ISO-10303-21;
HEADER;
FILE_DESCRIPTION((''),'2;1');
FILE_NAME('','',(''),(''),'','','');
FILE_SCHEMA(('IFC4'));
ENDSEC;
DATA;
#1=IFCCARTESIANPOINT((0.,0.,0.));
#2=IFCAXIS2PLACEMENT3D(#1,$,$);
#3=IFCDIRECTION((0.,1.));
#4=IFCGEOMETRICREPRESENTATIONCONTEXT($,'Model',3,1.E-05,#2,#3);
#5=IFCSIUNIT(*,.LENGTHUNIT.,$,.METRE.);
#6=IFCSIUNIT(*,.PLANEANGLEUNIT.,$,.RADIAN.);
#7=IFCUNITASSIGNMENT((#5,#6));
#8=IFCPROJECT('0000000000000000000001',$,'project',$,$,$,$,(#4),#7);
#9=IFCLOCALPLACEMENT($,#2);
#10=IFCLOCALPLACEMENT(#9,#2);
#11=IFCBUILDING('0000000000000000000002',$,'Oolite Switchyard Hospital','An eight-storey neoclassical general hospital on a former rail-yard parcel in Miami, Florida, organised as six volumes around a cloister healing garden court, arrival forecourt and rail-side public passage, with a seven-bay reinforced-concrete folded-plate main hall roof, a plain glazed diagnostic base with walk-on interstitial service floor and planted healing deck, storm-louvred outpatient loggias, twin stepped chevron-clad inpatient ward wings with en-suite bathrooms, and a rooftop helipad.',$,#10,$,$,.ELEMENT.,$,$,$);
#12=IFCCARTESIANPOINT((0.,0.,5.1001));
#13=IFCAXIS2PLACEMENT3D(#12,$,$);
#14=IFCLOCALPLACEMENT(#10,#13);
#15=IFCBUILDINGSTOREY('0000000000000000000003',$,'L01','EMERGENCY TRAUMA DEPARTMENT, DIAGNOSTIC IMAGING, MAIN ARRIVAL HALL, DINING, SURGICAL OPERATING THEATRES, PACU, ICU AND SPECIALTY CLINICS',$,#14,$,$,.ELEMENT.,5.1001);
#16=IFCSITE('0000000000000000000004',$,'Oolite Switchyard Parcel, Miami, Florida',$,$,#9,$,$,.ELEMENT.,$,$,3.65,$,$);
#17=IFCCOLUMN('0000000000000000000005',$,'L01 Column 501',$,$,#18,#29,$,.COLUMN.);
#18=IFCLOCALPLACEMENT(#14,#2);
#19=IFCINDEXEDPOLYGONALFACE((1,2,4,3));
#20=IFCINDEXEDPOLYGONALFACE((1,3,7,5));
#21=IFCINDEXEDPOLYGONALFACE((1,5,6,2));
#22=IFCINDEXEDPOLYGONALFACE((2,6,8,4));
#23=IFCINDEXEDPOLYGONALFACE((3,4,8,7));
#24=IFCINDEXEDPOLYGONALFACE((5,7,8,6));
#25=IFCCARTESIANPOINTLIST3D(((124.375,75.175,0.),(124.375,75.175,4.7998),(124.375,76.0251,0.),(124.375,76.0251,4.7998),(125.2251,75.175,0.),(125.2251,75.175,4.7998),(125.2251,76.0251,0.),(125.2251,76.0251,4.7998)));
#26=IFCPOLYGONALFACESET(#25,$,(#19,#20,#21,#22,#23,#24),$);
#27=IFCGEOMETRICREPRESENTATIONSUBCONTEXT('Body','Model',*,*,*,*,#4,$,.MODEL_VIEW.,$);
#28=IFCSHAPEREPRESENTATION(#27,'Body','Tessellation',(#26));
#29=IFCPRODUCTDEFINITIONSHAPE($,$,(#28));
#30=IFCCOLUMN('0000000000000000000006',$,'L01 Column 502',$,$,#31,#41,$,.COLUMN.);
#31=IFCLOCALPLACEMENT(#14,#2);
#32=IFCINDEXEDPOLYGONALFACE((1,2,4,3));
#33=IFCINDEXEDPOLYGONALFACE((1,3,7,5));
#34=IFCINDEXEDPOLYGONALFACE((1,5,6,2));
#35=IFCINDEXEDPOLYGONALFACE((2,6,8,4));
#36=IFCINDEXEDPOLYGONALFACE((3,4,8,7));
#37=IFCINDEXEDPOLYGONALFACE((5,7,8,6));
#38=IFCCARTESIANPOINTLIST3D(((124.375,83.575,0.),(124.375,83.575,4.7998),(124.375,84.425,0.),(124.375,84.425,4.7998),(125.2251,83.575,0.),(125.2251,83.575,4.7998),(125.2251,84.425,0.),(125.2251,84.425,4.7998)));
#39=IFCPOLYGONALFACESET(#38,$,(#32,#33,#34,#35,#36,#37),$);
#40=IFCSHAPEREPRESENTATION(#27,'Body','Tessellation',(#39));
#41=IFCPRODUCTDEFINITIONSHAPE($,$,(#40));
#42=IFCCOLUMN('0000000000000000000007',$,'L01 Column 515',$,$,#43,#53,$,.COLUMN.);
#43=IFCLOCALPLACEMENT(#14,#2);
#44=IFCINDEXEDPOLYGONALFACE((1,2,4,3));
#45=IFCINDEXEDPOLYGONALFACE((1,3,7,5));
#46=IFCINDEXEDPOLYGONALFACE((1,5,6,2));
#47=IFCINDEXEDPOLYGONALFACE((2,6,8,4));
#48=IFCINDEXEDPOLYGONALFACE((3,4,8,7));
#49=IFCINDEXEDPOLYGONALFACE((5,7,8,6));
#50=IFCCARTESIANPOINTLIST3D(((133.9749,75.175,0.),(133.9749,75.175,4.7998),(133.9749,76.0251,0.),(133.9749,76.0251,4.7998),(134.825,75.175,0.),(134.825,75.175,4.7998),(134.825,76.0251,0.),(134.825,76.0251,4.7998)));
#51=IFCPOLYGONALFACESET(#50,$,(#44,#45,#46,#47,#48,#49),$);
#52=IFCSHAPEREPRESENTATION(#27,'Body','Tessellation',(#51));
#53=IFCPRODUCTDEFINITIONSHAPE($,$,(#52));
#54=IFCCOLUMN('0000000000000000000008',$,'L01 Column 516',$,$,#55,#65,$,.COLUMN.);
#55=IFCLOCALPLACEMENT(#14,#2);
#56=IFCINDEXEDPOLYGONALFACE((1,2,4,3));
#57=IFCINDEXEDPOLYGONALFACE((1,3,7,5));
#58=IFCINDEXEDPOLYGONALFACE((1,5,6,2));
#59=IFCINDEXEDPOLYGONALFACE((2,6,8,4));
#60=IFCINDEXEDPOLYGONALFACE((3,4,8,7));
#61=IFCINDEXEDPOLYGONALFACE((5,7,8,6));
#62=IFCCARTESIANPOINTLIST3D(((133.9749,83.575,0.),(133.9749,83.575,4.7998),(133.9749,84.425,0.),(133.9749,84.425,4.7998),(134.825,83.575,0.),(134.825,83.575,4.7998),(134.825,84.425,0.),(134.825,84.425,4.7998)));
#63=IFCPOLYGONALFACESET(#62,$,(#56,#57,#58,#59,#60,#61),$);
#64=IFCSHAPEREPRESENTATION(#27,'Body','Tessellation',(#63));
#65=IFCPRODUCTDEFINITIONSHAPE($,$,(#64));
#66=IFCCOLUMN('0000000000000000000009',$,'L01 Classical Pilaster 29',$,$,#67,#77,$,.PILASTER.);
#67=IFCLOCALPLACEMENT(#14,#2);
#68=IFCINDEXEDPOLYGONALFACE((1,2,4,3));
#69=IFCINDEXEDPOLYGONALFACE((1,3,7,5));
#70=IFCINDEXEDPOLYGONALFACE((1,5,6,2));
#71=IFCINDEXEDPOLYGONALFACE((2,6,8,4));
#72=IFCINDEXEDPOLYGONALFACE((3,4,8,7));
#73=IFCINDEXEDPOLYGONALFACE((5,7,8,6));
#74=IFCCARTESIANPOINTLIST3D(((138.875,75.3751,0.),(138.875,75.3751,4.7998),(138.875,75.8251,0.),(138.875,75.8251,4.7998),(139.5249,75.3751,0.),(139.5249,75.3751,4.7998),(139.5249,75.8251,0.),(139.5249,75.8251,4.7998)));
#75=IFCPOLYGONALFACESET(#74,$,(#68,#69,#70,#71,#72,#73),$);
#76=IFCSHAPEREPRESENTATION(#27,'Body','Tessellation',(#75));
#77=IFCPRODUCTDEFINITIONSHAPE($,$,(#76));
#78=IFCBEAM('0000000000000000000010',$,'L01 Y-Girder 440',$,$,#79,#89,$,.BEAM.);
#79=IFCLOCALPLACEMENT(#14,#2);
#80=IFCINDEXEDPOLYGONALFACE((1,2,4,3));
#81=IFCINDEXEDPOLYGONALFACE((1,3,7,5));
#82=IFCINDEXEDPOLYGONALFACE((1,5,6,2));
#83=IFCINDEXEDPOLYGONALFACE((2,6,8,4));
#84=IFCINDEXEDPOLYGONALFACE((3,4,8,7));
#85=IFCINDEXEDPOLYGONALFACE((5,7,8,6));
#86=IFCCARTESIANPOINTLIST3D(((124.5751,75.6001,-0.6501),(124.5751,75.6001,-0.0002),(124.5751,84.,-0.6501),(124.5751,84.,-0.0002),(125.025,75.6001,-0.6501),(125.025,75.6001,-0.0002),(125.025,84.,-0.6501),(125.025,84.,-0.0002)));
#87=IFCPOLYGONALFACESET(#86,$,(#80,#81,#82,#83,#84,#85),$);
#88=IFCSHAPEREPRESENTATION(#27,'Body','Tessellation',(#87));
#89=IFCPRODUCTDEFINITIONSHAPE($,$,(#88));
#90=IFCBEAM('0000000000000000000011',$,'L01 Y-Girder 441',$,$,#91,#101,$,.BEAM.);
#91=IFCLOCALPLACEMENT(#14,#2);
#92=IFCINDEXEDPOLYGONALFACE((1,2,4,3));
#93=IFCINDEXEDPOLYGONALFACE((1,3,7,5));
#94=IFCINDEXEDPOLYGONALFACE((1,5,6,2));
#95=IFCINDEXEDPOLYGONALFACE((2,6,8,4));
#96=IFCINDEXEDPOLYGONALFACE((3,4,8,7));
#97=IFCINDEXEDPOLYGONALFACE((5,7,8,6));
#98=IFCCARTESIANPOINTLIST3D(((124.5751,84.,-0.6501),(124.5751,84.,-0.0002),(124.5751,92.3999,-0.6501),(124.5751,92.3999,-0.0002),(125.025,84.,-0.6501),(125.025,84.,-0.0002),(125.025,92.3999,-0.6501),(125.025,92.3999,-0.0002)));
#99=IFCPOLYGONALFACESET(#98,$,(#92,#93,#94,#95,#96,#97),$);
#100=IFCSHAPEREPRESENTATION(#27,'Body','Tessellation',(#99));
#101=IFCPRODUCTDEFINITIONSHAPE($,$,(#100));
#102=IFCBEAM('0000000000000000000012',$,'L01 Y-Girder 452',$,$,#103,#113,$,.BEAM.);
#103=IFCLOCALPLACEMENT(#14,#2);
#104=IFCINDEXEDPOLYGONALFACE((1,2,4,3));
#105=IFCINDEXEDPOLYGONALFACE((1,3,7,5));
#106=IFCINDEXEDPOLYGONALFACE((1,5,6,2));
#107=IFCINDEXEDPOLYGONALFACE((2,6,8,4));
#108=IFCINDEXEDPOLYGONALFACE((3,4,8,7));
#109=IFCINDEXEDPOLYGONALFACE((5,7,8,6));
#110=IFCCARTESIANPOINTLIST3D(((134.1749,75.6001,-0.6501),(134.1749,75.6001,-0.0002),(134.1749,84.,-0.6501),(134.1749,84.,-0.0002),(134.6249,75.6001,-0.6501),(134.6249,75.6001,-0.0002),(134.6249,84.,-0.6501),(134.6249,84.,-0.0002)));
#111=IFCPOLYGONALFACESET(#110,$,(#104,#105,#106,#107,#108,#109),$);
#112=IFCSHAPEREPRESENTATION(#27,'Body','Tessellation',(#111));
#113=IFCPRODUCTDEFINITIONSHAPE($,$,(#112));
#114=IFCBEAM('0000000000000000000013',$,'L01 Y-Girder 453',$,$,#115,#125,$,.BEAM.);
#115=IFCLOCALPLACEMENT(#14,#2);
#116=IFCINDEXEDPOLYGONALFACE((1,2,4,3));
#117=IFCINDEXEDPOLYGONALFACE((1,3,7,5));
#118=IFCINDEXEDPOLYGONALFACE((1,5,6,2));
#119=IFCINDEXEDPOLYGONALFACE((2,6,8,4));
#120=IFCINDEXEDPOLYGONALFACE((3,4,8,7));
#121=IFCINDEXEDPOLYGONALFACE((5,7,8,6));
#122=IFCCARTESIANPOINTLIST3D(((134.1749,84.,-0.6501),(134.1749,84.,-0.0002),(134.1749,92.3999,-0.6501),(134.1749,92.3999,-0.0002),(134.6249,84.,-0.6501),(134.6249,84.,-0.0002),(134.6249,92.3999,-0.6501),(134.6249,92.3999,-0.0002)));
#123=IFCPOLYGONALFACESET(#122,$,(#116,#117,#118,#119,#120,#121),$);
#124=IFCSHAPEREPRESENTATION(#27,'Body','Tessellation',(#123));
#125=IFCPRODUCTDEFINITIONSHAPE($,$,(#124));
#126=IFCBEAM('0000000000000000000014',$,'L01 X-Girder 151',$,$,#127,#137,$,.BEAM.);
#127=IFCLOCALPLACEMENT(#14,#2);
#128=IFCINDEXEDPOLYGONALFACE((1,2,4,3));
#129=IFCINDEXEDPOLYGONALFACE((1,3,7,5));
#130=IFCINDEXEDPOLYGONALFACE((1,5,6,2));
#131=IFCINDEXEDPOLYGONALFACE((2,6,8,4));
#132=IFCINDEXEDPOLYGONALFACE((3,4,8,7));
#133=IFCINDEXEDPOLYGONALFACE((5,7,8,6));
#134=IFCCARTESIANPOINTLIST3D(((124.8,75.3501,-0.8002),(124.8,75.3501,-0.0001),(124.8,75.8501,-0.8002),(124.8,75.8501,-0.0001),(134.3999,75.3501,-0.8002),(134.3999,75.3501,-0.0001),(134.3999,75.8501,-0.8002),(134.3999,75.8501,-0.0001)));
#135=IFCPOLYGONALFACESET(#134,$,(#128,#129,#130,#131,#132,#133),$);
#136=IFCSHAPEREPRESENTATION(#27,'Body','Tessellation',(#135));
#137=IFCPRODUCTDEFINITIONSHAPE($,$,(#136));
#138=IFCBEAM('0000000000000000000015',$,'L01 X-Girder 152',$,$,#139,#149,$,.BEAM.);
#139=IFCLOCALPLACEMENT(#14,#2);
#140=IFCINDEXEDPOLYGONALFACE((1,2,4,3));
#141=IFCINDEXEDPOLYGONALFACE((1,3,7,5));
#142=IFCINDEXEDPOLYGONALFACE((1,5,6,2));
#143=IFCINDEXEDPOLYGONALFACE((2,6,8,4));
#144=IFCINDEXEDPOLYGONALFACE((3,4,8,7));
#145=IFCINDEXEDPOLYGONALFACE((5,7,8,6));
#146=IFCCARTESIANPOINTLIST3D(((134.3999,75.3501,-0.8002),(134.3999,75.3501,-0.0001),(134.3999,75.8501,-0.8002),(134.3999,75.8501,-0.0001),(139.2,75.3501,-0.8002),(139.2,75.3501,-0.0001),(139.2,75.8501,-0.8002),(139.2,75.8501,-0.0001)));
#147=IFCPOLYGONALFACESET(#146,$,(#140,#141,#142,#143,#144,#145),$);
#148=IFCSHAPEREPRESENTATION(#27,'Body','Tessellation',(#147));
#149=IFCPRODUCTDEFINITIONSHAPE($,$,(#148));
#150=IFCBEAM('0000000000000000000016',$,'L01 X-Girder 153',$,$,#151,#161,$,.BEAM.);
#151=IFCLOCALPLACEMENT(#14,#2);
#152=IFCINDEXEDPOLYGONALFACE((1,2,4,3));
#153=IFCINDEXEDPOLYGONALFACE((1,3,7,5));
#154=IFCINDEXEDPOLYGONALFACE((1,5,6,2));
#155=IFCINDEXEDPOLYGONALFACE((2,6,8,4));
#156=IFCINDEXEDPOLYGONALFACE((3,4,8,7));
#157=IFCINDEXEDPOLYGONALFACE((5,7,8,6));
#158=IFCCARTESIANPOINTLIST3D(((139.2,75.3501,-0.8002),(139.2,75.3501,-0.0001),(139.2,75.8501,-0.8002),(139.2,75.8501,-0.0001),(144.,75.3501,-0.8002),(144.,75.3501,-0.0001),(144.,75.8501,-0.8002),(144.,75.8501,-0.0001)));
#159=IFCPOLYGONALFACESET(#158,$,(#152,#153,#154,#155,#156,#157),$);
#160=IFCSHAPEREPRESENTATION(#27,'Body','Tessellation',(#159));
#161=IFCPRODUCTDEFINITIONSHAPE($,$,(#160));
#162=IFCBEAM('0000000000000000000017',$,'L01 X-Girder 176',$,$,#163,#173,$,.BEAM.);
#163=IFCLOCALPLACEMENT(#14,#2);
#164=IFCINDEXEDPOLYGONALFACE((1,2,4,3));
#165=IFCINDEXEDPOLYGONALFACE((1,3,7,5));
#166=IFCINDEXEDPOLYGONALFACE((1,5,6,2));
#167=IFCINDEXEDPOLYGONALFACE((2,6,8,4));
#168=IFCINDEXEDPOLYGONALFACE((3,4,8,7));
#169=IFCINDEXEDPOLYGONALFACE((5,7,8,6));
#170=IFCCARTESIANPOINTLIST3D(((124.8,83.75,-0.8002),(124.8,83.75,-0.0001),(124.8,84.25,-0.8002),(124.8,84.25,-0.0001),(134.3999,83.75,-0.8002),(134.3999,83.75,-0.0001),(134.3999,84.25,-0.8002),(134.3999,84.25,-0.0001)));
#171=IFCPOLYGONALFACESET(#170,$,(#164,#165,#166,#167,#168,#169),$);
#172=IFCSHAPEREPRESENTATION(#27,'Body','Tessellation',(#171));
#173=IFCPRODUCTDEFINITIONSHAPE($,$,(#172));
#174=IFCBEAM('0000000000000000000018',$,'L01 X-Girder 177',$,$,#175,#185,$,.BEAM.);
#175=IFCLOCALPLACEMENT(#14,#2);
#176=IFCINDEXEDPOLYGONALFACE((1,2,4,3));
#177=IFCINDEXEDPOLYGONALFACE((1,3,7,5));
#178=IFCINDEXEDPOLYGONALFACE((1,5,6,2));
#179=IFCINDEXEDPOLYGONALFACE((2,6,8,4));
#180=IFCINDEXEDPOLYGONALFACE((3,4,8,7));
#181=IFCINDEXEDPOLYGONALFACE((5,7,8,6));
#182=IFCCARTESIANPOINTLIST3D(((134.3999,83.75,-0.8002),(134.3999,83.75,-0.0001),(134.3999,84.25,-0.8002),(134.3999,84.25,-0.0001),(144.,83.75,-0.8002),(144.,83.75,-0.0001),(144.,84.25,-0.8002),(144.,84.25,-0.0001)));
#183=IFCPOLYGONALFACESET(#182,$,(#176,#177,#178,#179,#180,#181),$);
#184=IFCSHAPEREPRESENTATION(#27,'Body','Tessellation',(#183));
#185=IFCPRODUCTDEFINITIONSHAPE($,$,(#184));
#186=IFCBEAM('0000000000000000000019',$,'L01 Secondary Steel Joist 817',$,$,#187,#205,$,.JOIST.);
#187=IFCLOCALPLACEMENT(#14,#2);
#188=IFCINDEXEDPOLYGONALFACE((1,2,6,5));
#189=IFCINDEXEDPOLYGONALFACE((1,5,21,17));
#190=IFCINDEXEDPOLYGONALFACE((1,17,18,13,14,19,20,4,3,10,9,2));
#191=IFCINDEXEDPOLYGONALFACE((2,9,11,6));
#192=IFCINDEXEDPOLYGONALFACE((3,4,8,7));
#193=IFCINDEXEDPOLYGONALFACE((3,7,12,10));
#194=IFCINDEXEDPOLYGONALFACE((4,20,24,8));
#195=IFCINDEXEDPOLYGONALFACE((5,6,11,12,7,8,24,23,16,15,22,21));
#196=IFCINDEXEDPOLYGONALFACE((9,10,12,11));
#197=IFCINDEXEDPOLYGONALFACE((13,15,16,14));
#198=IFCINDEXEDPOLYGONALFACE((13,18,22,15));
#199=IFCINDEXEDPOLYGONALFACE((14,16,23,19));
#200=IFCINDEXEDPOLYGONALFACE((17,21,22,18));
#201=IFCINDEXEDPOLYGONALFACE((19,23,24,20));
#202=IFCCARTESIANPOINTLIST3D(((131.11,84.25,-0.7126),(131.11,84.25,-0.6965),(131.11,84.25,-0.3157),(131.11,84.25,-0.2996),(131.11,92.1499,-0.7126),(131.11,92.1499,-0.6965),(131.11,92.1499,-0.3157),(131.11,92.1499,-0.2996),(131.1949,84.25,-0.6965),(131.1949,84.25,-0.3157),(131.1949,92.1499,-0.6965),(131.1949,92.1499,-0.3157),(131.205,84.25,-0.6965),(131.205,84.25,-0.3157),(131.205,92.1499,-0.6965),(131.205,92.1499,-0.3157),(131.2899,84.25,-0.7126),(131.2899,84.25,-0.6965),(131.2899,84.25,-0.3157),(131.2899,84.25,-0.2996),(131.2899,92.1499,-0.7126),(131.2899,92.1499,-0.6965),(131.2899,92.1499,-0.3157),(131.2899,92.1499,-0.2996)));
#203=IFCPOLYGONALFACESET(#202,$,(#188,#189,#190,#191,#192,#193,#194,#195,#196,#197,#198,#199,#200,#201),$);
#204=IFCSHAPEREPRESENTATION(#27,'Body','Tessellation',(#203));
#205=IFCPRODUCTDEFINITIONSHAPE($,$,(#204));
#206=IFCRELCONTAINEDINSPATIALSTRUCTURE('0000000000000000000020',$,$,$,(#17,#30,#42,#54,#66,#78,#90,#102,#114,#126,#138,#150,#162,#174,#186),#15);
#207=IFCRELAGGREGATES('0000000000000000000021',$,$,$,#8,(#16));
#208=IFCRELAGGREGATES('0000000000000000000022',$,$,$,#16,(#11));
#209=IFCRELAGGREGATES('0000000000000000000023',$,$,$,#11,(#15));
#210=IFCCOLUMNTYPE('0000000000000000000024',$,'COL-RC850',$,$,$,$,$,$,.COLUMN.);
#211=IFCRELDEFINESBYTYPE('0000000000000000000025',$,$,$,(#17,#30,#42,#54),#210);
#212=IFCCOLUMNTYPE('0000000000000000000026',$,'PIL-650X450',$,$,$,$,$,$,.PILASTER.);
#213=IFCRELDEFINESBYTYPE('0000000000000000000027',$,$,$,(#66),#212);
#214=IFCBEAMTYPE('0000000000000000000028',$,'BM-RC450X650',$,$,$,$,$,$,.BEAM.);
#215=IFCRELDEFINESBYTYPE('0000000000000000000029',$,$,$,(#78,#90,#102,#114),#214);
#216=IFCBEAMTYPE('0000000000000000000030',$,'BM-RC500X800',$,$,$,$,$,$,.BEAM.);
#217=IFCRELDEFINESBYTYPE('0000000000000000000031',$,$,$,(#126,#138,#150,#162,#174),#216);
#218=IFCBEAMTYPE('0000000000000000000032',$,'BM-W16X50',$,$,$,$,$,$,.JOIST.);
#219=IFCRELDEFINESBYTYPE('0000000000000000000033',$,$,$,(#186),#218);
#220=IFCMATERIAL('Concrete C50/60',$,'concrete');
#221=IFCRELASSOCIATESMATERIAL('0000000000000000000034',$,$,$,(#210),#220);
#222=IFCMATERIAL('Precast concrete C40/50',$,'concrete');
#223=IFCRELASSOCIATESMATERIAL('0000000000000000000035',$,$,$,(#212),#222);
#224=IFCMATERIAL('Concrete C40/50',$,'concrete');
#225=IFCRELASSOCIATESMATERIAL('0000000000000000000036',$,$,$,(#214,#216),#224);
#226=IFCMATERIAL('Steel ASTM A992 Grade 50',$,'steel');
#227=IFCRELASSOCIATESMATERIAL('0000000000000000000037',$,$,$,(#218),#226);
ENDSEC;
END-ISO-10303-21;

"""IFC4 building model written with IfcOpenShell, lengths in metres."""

from ifc_helpers import new_model, si_unit, direction, frame, origin, origin_2d, place, context, subcontext, project, spatial, rectangle, i_section, extrude, material, material_profile, profile_set, type_object, element, save


model = new_model("IFC4")

# Units and contexts
model_context = context("Model", 3, precision=1e-05, world=origin(), true_north=direction((0.0, 1.0)))
body_context = subcontext(model_context, "Body", "Model", "MODEL_VIEW")
ifc_project = project(units=[si_unit("LENGTHUNIT", "METRE"), si_unit("PLANEANGLEUNIT", "RADIAN")], contexts=[model_context])

# Site, building, storey
site_placement = place(None, origin())
site = spatial("IfcSite", under=ifc_project, at=site_placement, Name="Oolite Switchyard Parcel, Miami, Florida", CompositionType="ELEMENT", RefElevation=3.65)
building_placement = place(site_placement, origin())
building = spatial("IfcBuilding", under=site, at=building_placement, Name="Oolite Switchyard Hospital", Description="An eight-storey neoclassical general hospital on a former rail-yard parcel in Miami, Florida, organised as six volumes around a cloister healing garden court, arrival forecourt and rail-side public passage, with a seven-bay reinforced-concrete folded-plate main hall roof, a plain glazed diagnostic base with walk-on interstitial service floor and planted healing deck, storm-louvred outpatient loggias, twin stepped chevron-clad inpatient ward wings with en-suite bathrooms, and a rooftop helipad.", CompositionType="ELEMENT")
storey_placement = place(building_placement, frame((0.0, 0.0, 5.1001)))
storey = spatial("IfcBuildingStorey", under=building, at=storey_placement, Name="L01", Description="EMERGENCY TRAUMA DEPARTMENT, DIAGNOSTIC IMAGING, MAIN ARRIVAL HALL, DINING, SURGICAL OPERATING THEATRES, PACU, ICU AND SPECIALTY CLINICS", CompositionType="ELEMENT", Elevation=5.1001)

# Columns
ifc_material_1 = material(Name="Concrete C50/60", Category="concrete")
ifc_material_profile_1 = material_profile(ifc_material_1, rectangle(XDim=0.8501, YDim=0.8501, at=origin_2d()), Name="RC850X850")
ifc_profile_set_1 = profile_set([ifc_material_profile_1], Name="Concrete C50/60")
column_type_1 = type_object("IfcColumnType", Name="COL-RC850", PredefinedType="COLUMN", material=ifc_profile_set_1)
for number, where, z_axis, x_axis, name in (
    (1, (124.8, 75.6001, 0.0), (0.0, 0.0, 1.0), (1.0, 0.0, 0.0), "L01 Column 501"),
    (2, (124.8, 84.0, 0.0), (0.0, 0.0, 1.0), (1.0, 0.0, 0.0), "L01 Column 502"),
    (3, (134.3999, 75.6001, 0.0), (0.0, 0.0, 1.0), (1.0, 0.0, 0.0), "L01 Column 515"),
    (4, (134.3999, 84.0, 0.0), (0.0, 0.0, 1.0), (1.0, 0.0, 0.0), "L01 Column 516"),
):
    element("IfcColumn", number, at=place(storey_placement, frame(where, z_axis=z_axis, x_axis=x_axis)), inside=storey, type_object=column_type_1, Name=name, PredefinedType="COLUMN", context=body_context, shape_type="SweptSolid", body=[
        extrude(rectangle(XDim=0.8501, YDim=0.8501, at=origin_2d()), origin(), (0.0, 0.0, 1.0), 4.7998),
    ])
ifc_material_2 = material(Name="Precast concrete C40/50", Category="concrete")
ifc_material_profile_2 = material_profile(ifc_material_2, rectangle(XDim=0.6499, YDim=0.45, at=origin_2d()), Name="PIL650X450")
ifc_profile_set_2 = profile_set([ifc_material_profile_2], Name="Precast concrete C40/50")
column_type_2 = type_object("IfcColumnType", Name="PIL-650X450", PredefinedType="PILASTER", material=ifc_profile_set_2)
column_placement = place(storey_placement, frame((139.2, 75.6001, 0.0), z_axis=(0.0, 0.0, 1.0), x_axis=(1.0, 0.0, 0.0)))
element("IfcColumn", 5, at=column_placement, inside=storey, type_object=column_type_2, Name="L01 Classical Pilaster 29", PredefinedType="PILASTER", context=body_context, shape_type="SweptSolid", body=[
    extrude(rectangle(XDim=0.6499, YDim=0.45, at=origin_2d()), origin(), (0.0, 0.0, 1.0), 4.7998),
])

# Beams
ifc_material_3 = material(Name="Concrete C40/50", Category="concrete")
ifc_material_profile_3 = material_profile(ifc_material_3, rectangle(XDim=0.45, YDim=0.6499, at=origin_2d()), Name="RCB450X650")
ifc_profile_set_3 = profile_set([ifc_material_profile_3], Name="Concrete C40/50")
beam_type_1 = type_object("IfcBeamType", Name="BM-RC450X650", PredefinedType="BEAM", material=ifc_profile_set_3)
for number, where, z_axis, x_axis, name in (
    (6, (124.8, 75.6001, -0.3252), (0.0, 1.0, 0.0), (-1.0, 0.0, 0.0), "L01 Y-Girder 440"),
    (7, (124.8, 84.0, -0.3252), (0.0, 1.0, 0.0), (-1.0, 0.0, 0.0), "L01 Y-Girder 441"),
    (8, (134.3999, 75.6001, -0.3252), (0.0, 1.0, 0.0), (-1.0, 0.0, 0.0), "L01 Y-Girder 452"),
    (9, (134.3999, 84.0, -0.3252), (0.0, 1.0, 0.0), (-1.0, 0.0, 0.0), "L01 Y-Girder 453"),
):
    element("IfcBeam", number, at=place(storey_placement, frame(where, z_axis=z_axis, x_axis=x_axis)), inside=storey, type_object=beam_type_1, Name=name, PredefinedType="BEAM", context=body_context, shape_type="SweptSolid", body=[
        extrude(rectangle(XDim=0.45, YDim=0.6499, at=origin_2d()), origin(), (0.0, 0.0, 1.0), 8.3999),
    ])
ifc_material_profile_4 = material_profile(ifc_material_3, rectangle(XDim=0.5, YDim=0.8, at=origin_2d()), Name="RCB500X800")
ifc_profile_set_4 = profile_set([ifc_material_profile_4], Name="Concrete C40/50")
beam_type_2 = type_object("IfcBeamType", Name="BM-RC500X800", PredefinedType="BEAM", material=ifc_profile_set_4)
beam_1_placement = place(storey_placement, frame((124.8, 75.6001, -0.4001), z_axis=(1.0, 0.0, 0.0), x_axis=(0.0, 1.0, 0.0)))
element("IfcBeam", 10, at=beam_1_placement, inside=storey, type_object=beam_type_2, Name="L01 X-Girder 151", PredefinedType="BEAM", context=body_context, shape_type="SweptSolid", body=[
    extrude(rectangle(XDim=0.5, YDim=0.8, at=origin_2d()), origin(), (0.0, 0.0, 1.0), 9.5999),
])
for number, where, z_axis, x_axis, name in (
    (11, (134.3999, 75.6001, -0.4001), (1.0, 0.0, 0.0), (0.0, 1.0, 0.0), "L01 X-Girder 152"),
    (12, (139.2, 75.6001, -0.4001), (1.0, 0.0, 0.0), (0.0, 1.0, 0.0), "L01 X-Girder 153"),
):
    element("IfcBeam", number, at=place(storey_placement, frame(where, z_axis=z_axis, x_axis=x_axis)), inside=storey, type_object=beam_type_2, Name=name, PredefinedType="BEAM", context=body_context, shape_type="SweptSolid", body=[
        extrude(rectangle(XDim=0.5, YDim=0.8, at=origin_2d()), origin(), (0.0, 0.0, 1.0), 4.8),
    ])
beam_2_placement = place(storey_placement, frame((124.8, 84.0, -0.4001), z_axis=(1.0, 0.0, 0.0), x_axis=(0.0, 1.0, 0.0)))
element("IfcBeam", 13, at=beam_2_placement, inside=storey, type_object=beam_type_2, Name="L01 X-Girder 176", PredefinedType="BEAM", context=body_context, shape_type="SweptSolid", body=[
    extrude(rectangle(XDim=0.5, YDim=0.8, at=origin_2d()), origin(), (0.0, 0.0, 1.0), 9.5999),
])
beam_3_placement = place(storey_placement, frame((134.3999, 84.0, -0.4001), z_axis=(1.0, 0.0, 0.0), x_axis=(0.0, 1.0, 0.0)))
element("IfcBeam", 14, at=beam_3_placement, inside=storey, type_object=beam_type_2, Name="L01 X-Girder 177", PredefinedType="BEAM", context=body_context, shape_type="SweptSolid", body=[
    extrude(rectangle(XDim=0.5, YDim=0.8, at=origin_2d()), origin(), (0.0, 0.0, 1.0), 9.6001),
])
ifc_material_4 = material(Name="Steel ASTM A992 Grade 50", Category="steel")
ifc_material_profile_5 = material_profile(ifc_material_4, i_section(OverallWidth=0.1799, OverallDepth=0.4131, WebThickness=0.01, FlangeThickness=0.0161, at=origin_2d()), Name="W16X50")
ifc_profile_set_5 = profile_set([ifc_material_profile_5], Name="Steel ASTM A992 Grade 50")
beam_type_3 = type_object("IfcBeamType", Name="BM-W16X50", PredefinedType="JOIST", material=ifc_profile_set_5)
for number, where, z_axis, x_axis, name in (
    (15, (131.2, 84.25, -0.5061), (0.0, 1.0, 0.0), (-1.0, 0.0, 0.0), "L01 Secondary Steel Joist 817"),
):
    element("IfcBeam", number, at=place(storey_placement, frame(where, z_axis=z_axis, x_axis=x_axis)), inside=storey, type_object=beam_type_3, Name=name, PredefinedType="JOIST", context=body_context, shape_type="SweptSolid", body=[
        extrude(i_section(OverallWidth=0.1799, OverallDepth=0.4131, WebThickness=0.01, FlangeThickness=0.0161, at=origin_2d()), origin(), (0.0, 0.0, 1.0), 7.8999),
    ])

save(model, "model.ifc")
